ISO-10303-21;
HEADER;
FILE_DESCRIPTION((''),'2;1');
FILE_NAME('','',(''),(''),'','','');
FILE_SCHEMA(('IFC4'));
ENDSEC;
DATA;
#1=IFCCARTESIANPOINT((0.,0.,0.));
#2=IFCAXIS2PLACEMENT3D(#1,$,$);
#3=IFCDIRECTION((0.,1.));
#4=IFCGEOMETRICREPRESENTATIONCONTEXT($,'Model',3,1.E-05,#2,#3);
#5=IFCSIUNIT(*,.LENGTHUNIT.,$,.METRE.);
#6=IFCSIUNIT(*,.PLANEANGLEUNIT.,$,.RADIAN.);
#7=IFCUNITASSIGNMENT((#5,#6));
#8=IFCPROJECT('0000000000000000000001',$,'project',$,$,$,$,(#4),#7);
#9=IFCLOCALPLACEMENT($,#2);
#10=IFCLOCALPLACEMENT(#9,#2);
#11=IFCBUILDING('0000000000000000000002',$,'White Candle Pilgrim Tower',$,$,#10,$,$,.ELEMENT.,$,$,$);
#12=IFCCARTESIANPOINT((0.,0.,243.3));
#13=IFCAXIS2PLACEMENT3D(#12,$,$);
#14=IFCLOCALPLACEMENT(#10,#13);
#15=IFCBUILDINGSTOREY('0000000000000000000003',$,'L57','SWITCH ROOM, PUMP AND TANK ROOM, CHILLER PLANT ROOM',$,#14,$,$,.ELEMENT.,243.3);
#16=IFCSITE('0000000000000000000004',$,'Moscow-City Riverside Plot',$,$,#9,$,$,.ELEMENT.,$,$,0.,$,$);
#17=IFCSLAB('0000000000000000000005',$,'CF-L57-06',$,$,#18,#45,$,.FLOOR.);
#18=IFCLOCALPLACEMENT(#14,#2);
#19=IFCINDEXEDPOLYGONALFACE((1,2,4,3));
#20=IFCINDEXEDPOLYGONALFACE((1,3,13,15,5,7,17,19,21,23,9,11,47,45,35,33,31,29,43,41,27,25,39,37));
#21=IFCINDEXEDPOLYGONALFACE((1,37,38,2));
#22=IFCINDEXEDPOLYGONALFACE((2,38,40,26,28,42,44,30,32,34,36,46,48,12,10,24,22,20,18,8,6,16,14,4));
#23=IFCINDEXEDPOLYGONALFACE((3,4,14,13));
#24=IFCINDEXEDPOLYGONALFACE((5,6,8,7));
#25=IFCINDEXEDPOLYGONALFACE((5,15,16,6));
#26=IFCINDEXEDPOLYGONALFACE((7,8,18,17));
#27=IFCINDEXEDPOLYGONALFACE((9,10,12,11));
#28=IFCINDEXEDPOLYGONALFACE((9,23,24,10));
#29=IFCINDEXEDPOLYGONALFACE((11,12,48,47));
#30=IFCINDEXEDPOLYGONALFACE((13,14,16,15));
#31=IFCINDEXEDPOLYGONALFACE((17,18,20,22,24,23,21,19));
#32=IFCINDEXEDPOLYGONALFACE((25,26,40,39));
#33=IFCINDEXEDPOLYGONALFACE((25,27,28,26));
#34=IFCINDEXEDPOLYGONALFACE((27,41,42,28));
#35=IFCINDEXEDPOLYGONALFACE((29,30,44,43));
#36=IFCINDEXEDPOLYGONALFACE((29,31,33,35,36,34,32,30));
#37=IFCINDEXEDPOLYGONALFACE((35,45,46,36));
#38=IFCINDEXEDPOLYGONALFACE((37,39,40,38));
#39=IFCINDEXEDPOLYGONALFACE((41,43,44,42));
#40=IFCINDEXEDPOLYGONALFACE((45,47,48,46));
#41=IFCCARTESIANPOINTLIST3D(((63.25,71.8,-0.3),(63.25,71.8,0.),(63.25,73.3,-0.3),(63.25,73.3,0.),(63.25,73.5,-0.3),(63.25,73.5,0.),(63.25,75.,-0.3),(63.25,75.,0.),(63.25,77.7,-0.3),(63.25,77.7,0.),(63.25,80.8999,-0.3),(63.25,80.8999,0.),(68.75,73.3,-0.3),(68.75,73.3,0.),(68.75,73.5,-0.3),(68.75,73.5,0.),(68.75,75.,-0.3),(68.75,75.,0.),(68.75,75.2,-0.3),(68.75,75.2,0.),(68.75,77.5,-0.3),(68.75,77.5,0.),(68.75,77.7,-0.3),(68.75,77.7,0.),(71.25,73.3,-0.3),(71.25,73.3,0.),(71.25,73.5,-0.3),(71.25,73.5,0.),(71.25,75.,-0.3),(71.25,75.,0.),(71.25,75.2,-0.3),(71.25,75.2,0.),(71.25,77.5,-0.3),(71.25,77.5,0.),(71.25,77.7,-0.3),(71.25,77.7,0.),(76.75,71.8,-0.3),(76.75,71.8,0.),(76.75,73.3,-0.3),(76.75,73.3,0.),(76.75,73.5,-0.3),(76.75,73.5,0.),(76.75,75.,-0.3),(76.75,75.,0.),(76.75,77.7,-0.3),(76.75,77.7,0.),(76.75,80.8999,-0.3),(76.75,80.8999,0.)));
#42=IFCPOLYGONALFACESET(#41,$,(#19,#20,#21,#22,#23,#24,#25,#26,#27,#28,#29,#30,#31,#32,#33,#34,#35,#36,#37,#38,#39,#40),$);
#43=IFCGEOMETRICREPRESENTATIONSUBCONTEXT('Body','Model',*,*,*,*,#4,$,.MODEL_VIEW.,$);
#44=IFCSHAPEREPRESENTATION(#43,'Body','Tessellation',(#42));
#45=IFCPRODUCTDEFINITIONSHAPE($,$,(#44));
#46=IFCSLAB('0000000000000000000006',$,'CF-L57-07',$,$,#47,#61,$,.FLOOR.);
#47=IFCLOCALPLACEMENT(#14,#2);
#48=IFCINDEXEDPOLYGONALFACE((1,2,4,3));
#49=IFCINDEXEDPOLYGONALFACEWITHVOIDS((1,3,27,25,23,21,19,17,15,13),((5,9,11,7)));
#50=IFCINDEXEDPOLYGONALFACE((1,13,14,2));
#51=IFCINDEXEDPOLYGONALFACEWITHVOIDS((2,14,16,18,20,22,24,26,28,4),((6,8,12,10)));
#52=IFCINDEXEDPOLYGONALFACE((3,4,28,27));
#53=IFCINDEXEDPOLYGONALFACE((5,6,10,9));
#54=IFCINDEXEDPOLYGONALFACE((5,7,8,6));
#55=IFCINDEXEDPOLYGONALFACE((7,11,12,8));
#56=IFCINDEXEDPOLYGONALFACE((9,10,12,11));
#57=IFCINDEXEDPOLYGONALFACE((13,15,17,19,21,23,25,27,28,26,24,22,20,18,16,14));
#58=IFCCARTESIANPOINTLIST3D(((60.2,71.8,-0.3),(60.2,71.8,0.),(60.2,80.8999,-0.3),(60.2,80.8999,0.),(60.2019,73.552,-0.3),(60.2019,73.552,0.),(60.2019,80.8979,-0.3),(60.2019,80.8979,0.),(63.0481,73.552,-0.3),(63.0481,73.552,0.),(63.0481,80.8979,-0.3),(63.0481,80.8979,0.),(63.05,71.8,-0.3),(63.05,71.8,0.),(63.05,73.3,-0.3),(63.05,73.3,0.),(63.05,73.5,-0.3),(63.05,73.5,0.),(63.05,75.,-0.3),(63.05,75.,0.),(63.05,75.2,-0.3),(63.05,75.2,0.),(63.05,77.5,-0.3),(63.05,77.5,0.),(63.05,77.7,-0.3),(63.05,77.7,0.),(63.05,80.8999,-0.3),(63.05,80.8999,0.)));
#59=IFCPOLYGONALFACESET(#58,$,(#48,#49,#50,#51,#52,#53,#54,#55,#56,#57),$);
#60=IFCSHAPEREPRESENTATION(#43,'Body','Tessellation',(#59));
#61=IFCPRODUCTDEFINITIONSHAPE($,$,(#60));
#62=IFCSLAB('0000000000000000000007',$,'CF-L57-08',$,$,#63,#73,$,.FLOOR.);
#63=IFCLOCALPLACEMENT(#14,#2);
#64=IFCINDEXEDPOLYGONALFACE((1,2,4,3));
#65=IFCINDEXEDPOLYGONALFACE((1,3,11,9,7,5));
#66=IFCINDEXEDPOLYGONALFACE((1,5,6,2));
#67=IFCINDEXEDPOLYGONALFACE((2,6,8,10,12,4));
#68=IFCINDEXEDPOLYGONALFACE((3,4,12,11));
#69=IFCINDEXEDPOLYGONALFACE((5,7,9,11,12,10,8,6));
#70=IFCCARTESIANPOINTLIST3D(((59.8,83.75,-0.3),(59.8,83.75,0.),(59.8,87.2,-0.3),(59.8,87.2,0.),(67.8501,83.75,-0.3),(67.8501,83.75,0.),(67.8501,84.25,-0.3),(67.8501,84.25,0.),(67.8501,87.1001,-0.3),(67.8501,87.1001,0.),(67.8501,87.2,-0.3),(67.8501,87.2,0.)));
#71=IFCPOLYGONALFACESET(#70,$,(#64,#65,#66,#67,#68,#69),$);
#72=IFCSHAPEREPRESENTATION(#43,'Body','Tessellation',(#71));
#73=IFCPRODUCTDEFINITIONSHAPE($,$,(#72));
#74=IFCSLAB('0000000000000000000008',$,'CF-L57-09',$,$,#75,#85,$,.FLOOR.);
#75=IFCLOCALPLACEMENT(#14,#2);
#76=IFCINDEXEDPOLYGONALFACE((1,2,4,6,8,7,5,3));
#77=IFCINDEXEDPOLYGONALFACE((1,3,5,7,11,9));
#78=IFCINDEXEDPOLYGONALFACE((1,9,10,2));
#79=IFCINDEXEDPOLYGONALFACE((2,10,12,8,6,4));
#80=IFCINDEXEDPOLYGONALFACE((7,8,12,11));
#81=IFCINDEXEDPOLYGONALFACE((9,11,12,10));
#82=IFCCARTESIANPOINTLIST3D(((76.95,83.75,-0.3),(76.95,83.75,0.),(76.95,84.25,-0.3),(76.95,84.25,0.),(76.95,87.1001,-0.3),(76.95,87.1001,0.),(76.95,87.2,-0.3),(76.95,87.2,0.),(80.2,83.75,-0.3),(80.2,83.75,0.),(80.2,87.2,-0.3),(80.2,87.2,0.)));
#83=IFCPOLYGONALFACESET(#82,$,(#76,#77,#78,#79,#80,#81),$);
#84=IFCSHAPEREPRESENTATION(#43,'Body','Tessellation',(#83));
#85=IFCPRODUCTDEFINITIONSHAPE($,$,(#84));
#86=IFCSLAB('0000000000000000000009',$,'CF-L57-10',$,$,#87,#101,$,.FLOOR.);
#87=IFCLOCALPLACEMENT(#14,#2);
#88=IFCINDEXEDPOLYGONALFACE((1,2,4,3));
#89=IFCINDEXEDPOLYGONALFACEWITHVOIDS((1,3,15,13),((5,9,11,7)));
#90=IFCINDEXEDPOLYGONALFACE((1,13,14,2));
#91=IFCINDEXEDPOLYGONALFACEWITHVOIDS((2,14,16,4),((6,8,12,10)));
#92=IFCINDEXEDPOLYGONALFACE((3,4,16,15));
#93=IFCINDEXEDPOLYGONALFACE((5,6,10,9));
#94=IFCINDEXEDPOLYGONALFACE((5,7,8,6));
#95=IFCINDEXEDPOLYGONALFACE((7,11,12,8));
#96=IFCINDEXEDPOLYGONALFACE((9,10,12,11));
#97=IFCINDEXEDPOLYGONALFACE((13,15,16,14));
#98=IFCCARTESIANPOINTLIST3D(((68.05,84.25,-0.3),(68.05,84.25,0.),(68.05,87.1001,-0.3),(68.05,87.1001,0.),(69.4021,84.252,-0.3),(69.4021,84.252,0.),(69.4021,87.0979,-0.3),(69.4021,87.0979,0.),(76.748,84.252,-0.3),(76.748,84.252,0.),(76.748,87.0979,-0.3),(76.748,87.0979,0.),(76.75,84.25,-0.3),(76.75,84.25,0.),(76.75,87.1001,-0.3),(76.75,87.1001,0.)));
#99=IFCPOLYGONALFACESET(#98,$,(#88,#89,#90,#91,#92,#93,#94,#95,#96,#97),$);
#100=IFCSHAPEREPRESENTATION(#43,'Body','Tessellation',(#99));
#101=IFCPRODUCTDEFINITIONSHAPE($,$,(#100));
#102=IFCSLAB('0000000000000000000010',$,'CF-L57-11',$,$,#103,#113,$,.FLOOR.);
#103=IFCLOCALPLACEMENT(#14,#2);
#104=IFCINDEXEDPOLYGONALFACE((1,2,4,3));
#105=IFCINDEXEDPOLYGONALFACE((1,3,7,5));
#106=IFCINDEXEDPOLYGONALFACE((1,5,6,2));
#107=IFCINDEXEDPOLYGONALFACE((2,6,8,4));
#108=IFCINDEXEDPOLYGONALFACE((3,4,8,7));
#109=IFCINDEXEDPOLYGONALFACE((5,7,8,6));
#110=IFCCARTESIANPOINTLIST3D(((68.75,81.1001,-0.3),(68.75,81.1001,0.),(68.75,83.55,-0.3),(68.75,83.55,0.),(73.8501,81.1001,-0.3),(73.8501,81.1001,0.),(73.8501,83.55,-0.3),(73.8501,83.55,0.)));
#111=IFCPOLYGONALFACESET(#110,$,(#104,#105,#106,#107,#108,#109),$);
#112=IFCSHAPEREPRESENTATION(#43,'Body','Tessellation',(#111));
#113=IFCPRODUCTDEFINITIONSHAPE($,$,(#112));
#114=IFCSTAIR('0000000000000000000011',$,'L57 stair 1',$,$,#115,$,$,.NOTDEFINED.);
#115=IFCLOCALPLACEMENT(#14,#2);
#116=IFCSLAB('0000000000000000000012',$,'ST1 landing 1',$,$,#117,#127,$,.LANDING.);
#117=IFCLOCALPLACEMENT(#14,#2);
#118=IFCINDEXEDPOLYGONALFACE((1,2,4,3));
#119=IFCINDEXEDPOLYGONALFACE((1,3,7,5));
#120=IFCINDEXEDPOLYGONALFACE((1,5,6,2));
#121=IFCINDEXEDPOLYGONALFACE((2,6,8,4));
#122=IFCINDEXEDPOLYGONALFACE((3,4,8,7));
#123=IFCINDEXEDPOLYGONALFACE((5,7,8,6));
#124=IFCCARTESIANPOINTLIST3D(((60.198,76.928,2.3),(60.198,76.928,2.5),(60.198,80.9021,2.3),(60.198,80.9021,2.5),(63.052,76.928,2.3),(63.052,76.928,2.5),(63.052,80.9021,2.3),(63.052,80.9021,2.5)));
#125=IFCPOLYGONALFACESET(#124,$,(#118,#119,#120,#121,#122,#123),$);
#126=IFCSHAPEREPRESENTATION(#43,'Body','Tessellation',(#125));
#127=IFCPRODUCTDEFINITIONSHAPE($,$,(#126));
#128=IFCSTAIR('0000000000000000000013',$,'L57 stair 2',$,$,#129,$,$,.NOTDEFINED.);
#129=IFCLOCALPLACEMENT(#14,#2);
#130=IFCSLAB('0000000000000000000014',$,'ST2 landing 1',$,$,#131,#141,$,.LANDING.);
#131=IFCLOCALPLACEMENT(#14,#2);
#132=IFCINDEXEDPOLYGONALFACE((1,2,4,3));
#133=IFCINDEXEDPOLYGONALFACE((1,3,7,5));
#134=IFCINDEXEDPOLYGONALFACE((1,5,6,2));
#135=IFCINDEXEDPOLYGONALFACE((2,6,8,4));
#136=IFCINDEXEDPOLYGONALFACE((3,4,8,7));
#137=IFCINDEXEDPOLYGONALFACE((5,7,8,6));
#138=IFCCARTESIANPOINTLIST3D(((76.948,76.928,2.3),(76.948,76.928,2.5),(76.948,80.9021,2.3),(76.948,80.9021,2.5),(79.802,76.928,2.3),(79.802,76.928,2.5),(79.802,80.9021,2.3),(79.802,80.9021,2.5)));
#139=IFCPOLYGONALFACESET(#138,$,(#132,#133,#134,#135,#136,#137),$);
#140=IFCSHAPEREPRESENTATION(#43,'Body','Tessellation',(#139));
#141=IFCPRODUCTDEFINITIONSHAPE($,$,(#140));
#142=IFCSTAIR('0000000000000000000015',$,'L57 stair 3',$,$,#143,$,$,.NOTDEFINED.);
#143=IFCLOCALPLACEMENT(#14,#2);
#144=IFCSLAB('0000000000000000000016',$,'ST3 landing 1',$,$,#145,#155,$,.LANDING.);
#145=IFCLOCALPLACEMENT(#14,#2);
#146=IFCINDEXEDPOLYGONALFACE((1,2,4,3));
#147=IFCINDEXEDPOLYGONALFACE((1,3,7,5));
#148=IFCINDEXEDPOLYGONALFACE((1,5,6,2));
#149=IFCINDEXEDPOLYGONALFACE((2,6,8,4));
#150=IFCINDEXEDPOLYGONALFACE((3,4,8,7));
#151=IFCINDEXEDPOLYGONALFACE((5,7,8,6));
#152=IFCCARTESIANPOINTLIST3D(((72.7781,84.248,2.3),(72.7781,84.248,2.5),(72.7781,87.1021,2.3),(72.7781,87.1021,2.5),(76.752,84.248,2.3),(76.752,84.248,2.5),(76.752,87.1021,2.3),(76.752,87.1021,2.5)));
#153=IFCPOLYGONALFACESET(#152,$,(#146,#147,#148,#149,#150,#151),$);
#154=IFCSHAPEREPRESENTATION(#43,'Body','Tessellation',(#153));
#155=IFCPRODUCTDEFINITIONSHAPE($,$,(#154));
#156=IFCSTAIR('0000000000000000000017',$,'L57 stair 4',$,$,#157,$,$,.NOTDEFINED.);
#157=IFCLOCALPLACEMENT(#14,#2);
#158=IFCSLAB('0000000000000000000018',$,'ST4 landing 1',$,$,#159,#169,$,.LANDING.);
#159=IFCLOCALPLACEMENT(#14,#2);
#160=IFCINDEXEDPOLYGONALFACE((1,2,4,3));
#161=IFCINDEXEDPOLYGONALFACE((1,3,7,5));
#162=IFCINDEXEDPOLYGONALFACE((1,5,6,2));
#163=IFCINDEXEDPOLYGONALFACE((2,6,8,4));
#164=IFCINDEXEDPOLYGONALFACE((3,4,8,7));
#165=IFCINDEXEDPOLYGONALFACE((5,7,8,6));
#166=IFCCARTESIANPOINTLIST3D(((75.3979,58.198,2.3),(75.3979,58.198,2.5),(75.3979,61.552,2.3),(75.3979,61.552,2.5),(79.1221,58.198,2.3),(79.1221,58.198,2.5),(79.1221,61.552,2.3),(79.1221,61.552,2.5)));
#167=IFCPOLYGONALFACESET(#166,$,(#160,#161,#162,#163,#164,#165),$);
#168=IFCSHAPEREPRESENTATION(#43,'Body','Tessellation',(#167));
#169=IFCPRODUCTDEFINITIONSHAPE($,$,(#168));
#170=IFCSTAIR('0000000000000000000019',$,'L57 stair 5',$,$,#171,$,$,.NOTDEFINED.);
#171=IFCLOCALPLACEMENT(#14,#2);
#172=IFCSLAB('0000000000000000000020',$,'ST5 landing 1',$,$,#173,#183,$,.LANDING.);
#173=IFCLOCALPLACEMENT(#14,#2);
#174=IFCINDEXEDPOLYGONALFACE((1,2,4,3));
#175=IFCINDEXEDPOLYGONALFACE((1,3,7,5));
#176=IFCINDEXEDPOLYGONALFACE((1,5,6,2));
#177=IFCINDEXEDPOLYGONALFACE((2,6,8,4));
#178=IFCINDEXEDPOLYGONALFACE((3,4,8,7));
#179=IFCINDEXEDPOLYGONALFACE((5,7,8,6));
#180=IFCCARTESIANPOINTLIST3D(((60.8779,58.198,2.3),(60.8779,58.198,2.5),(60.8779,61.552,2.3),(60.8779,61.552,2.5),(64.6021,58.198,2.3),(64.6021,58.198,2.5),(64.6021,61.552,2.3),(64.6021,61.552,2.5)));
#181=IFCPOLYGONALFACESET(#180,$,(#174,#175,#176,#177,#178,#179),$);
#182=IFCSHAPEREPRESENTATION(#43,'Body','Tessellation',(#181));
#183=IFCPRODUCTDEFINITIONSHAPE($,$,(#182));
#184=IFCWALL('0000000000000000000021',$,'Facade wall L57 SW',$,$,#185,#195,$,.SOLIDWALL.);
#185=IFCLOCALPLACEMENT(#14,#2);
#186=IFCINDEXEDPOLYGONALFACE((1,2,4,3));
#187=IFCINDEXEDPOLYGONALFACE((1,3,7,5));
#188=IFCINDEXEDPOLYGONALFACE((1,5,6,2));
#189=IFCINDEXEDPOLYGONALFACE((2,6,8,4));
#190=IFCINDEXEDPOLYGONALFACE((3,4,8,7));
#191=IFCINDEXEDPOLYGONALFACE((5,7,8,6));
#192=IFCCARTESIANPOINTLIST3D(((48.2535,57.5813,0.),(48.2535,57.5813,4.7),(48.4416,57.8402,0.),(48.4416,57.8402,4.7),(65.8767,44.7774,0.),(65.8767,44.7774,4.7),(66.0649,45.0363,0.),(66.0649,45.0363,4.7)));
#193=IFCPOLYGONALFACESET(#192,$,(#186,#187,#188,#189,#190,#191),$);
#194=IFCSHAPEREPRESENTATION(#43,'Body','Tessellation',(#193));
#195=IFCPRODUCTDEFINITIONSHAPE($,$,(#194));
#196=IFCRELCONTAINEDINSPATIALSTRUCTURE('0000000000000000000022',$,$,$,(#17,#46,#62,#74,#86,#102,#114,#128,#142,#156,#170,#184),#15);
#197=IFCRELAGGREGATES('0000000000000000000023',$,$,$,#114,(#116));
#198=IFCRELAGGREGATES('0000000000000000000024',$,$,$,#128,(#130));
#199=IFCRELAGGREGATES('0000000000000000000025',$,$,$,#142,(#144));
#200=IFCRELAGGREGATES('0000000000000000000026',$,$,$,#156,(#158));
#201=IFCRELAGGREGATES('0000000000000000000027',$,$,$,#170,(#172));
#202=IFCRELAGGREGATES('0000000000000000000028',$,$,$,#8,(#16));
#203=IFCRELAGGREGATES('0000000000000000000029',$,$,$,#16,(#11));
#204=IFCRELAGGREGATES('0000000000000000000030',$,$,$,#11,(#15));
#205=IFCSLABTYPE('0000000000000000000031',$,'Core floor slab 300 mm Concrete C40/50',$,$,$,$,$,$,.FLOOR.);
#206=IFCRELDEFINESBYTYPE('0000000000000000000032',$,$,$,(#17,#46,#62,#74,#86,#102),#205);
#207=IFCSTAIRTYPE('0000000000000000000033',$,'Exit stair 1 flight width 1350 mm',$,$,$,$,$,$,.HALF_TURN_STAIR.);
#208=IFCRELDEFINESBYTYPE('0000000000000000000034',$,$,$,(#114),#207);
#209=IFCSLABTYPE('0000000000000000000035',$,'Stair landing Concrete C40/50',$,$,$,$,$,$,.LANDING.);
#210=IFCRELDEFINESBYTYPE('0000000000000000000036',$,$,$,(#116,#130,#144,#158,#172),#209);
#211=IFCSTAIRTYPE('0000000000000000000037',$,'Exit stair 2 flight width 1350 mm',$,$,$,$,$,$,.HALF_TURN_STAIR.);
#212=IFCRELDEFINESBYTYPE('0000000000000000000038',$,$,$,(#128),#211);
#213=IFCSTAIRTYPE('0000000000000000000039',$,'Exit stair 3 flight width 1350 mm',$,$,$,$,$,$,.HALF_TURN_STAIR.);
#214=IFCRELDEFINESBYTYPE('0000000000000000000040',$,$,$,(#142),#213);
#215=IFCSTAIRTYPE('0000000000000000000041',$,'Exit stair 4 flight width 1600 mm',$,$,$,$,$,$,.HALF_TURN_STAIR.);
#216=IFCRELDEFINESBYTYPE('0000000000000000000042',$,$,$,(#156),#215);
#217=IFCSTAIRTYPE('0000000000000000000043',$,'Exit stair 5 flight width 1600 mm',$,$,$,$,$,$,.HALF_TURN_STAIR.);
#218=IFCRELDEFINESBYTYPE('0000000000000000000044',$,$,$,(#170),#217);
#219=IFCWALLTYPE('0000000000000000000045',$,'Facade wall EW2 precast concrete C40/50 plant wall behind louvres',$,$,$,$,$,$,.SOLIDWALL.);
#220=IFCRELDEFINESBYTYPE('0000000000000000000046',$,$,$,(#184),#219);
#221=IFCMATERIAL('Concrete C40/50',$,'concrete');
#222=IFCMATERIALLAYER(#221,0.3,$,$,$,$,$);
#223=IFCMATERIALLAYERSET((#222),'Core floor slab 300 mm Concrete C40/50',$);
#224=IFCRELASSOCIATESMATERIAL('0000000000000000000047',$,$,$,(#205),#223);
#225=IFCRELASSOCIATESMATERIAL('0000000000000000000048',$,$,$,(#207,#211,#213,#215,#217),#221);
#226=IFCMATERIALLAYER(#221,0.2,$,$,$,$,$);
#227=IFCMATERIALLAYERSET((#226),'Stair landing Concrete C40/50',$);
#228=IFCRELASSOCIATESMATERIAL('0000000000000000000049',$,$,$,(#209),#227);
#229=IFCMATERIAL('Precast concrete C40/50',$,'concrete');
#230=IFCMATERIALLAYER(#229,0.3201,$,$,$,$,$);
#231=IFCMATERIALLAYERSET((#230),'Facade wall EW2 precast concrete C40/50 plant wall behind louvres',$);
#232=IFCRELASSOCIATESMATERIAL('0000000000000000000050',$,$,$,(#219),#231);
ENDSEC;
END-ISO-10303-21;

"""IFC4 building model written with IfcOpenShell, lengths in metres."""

from ifc_helpers import new_model, si_unit, direction, frame, frame_2d, origin, place, context, subcontext, project, spatial, polyline, rectangle, outline, extrude, material, layer, layer_set, type_object, element, aggregate, save


model = new_model("IFC4")

# Units and contexts
model_context = context("Model", 3, precision=1e-05, world=origin(), true_north=direction((0.0, 1.0)))
body_context = subcontext(model_context, "Body", "Model", "MODEL_VIEW")
ifc_project = project(units=[si_unit("LENGTHUNIT", "METRE"), si_unit("PLANEANGLEUNIT", "RADIAN")], contexts=[model_context])

# Site, building, storey
site_placement = place(None, origin())
site = spatial("IfcSite", under=ifc_project, at=site_placement, Name="Moscow-City Riverside Plot", CompositionType="ELEMENT", RefElevation=0.0)
building_placement = place(site_placement, origin())
building = spatial("IfcBuilding", under=site, at=building_placement, Name="White Candle Pilgrim Tower", CompositionType="ELEMENT")
storey_placement = place(building_placement, frame((0.0, 0.0, 243.3)))
storey = spatial("IfcBuildingStorey", under=building, at=storey_placement, Name="L57", Description="SWITCH ROOM, PUMP AND TANK ROOM, CHILLER PLANT ROOM", CompositionType="ELEMENT", Elevation=243.3)

# Slabs
ifc_material_1 = material(Name="Concrete C40/50", Category="concrete")
ifc_layer_1 = layer(ifc_material_1, 0.3)
ifc_layer_set_1 = layer_set([ifc_layer_1], Name="Core floor slab 300 mm Concrete C40/50")
slab_type_1 = type_object("IfcSlabType", Name="Core floor slab 300 mm Concrete C40/50", PredefinedType="FLOOR", material=ifc_layer_set_1)
slab_1_placement = place(storey_placement, frame((0.0, 0.0, -0.3)))
element("IfcSlab", 1, at=slab_1_placement, inside=storey, type_object=slab_type_1, Name="CF-L57-06", PredefinedType="FLOOR", context=body_context, shape_type="SweptSolid", body=[
    extrude(outline(polyline([(63.25, 71.8), (63.25, 73.3), (68.75, 73.3), (68.75, 73.5), (63.25, 73.5), (63.25, 75.0), (68.75, 75.0), (68.75, 75.2), (68.75, 77.5), (68.75, 77.7), (63.25, 77.7), (63.25, 80.8999), (76.75, 80.8999), (76.75, 77.7), (71.25, 77.7), (71.25, 77.5), (71.25, 75.2), (71.25, 75.0), (76.75, 75.0), (76.75, 73.5), (71.25, 73.5), (71.25, 73.3), (76.75, 73.3), (76.75, 71.8), (63.25, 71.8)])), origin(), (0.0, 0.0, 1.0), 0.3),
])
slab_2_placement = place(storey_placement, frame((0.0, 0.0, -0.3)))
element("IfcSlab", 2, at=slab_2_placement, inside=storey, type_object=slab_type_1, Name="CF-L57-07", PredefinedType="FLOOR", context=body_context, shape_type="SweptSolid", body=[
    extrude(outline(polyline([(60.2, 71.8), (60.2, 80.8999), (63.05, 80.8999), (63.05, 77.7), (63.05, 77.5), (63.05, 75.2), (63.05, 75.0), (63.05, 73.5), (63.05, 73.3), (63.05, 71.8), (60.2, 71.8)]), holes=[polyline([(60.2019, 73.552), (63.0481, 73.552), (63.0481, 80.8979), (60.2019, 80.8979), (60.2019, 73.552)])]), origin(), (0.0, 0.0, 1.0), 0.3),
])
slab_3_placement = place(storey_placement, frame((0.0, 0.0, -0.3)))
element("IfcSlab", 3, at=slab_3_placement, inside=storey, type_object=slab_type_1, Name="CF-L57-08", PredefinedType="FLOOR", context=body_context, shape_type="SweptSolid", body=[
    extrude(outline(polyline([(59.8, 87.2), (67.8501, 87.2), (67.8501, 87.1001), (67.8501, 84.25), (67.8501, 83.75), (59.8, 83.75), (59.8, 87.2)])), origin(), (0.0, 0.0, 1.0), 0.3),
])
slab_4_placement = place(storey_placement, frame((0.0, 0.0, -0.3)))
element("IfcSlab", 4, at=slab_4_placement, inside=storey, type_object=slab_type_1, Name="CF-L57-09", PredefinedType="FLOOR", context=body_context, shape_type="SweptSolid", body=[
    extrude(outline(polyline([(80.2, 87.2), (80.2, 83.75), (76.95, 83.75), (76.95, 84.25), (76.95, 87.1001), (76.95, 87.2), (80.2, 87.2)])), origin(), (0.0, 0.0, 1.0), 0.3),
])
slab_5_placement = place(storey_placement, frame((0.0, 0.0, -0.3)))
element("IfcSlab", 5, at=slab_5_placement, inside=storey, type_object=slab_type_1, Name="CF-L57-10", PredefinedType="FLOOR", context=body_context, shape_type="SweptSolid", body=[
    extrude(outline(polyline([(68.05, 87.1001), (76.75, 87.1001), (76.75, 84.25), (68.05, 84.25), (68.05, 87.1001)]), holes=[polyline([(69.4021, 87.0979), (69.4021, 84.252), (76.748, 84.252), (76.748, 87.0979), (69.4021, 87.0979)])]), origin(), (0.0, 0.0, 1.0), 0.3),
])
slab_6_placement = place(storey_placement, frame((0.0, 0.0, -0.3)))
element("IfcSlab", 6, at=slab_6_placement, inside=storey, type_object=slab_type_1, Name="CF-L57-11", PredefinedType="FLOOR", context=body_context, shape_type="SweptSolid", body=[
    extrude(outline(polyline([(73.8501, 83.55), (73.8501, 81.1001), (68.75, 81.1001), (68.75, 83.55), (73.8501, 83.55)])), origin(), (0.0, 0.0, 1.0), 0.3),
])

# Stairs, slabs
stair_type_1 = type_object("IfcStairType", Name="Exit stair 1 flight width 1350 mm", PredefinedType="HALF_TURN_STAIR", material=ifc_material_1)
stair_1_placement = place(storey_placement, origin())
stair_1 = element("IfcStair", 7, at=stair_1_placement, inside=storey, type_object=stair_type_1, Name="L57 stair 1", PredefinedType="NOTDEFINED")
ifc_layer_2 = layer(ifc_material_1, 0.2)
ifc_layer_set_2 = layer_set([ifc_layer_2], Name="Stair landing Concrete C40/50")
slab_type_2 = type_object("IfcSlabType", Name="Stair landing Concrete C40/50", PredefinedType="LANDING", material=ifc_layer_set_2)
slab_7_placement = place(storey_placement, frame((0.0, 0.0, 2.3)))
slab_7 = element("IfcSlab", 8, at=slab_7_placement, type_object=slab_type_2, Name="ST1 landing 1", PredefinedType="LANDING", context=body_context, shape_type="SweptSolid", body=[
    extrude(outline(polyline([(63.052, 76.928), (60.198, 76.928), (60.198, 80.9021), (63.052, 80.9021), (63.052, 76.928)])), origin(), (0.0, 0.0, 1.0), 0.2),
])
aggregate(stair_1, [slab_7])
stair_type_2 = type_object("IfcStairType", Name="Exit stair 2 flight width 1350 mm", PredefinedType="HALF_TURN_STAIR", material=ifc_material_1)
stair_2_placement = place(storey_placement, origin())
stair_2 = element("IfcStair", 9, at=stair_2_placement, inside=storey, type_object=stair_type_2, Name="L57 stair 2", PredefinedType="NOTDEFINED")
slab_8_placement = place(storey_placement, frame((0.0, 0.0, 2.3)))
slab_8 = element("IfcSlab", 10, at=slab_8_placement, type_object=slab_type_2, Name="ST2 landing 1", PredefinedType="LANDING", context=body_context, shape_type="SweptSolid", body=[
    extrude(outline(polyline([(79.802, 76.928), (76.948, 76.928), (76.948, 80.9021), (79.802, 80.9021), (79.802, 76.928)])), origin(), (0.0, 0.0, 1.0), 0.2),
])
aggregate(stair_2, [slab_8])
stair_type_3 = type_object("IfcStairType", Name="Exit stair 3 flight width 1350 mm", PredefinedType="HALF_TURN_STAIR", material=ifc_material_1)
stair_3_placement = place(storey_placement, origin())
stair_3 = element("IfcStair", 11, at=stair_3_placement, inside=storey, type_object=stair_type_3, Name="L57 stair 3", PredefinedType="NOTDEFINED")
slab_9_placement = place(storey_placement, frame((0.0, 0.0, 2.3)))
slab_9 = element("IfcSlab", 12, at=slab_9_placement, type_object=slab_type_2, Name="ST3 landing 1", PredefinedType="LANDING", context=body_context, shape_type="SweptSolid", body=[
    extrude(outline(polyline([(72.7781, 84.248), (72.7781, 87.1021), (76.752, 87.1021), (76.752, 84.248), (72.7781, 84.248)])), origin(), (0.0, 0.0, 1.0), 0.2),
])
aggregate(stair_3, [slab_9])
stair_type_4 = type_object("IfcStairType", Name="Exit stair 4 flight width 1600 mm", PredefinedType="HALF_TURN_STAIR", material=ifc_material_1)
stair_4_placement = place(storey_placement, origin())
stair_4 = element("IfcStair", 13, at=stair_4_placement, inside=storey, type_object=stair_type_4, Name="L57 stair 4", PredefinedType="NOTDEFINED")
slab_10_placement = place(storey_placement, frame((0.0, 0.0, 2.3)))
slab_10 = element("IfcSlab", 14, at=slab_10_placement, type_object=slab_type_2, Name="ST4 landing 1", PredefinedType="LANDING", context=body_context, shape_type="SweptSolid", body=[
    extrude(outline(polyline([(79.1221, 61.552), (79.1221, 58.198), (75.3979, 58.198), (75.3979, 61.552), (79.1221, 61.552)])), origin(), (0.0, 0.0, 1.0), 0.2),
])
aggregate(stair_4, [slab_10])
stair_type_5 = type_object("IfcStairType", Name="Exit stair 5 flight width 1600 mm", PredefinedType="HALF_TURN_STAIR", material=ifc_material_1)
stair_5_placement = place(storey_placement, origin())
stair_5 = element("IfcStair", 15, at=stair_5_placement, inside=storey, type_object=stair_type_5, Name="L57 stair 5", PredefinedType="NOTDEFINED")
slab_11_placement = place(storey_placement, frame((0.0, 0.0, 2.3)))
slab_11 = element("IfcSlab", 16, at=slab_11_placement, type_object=slab_type_2, Name="ST5 landing 1", PredefinedType="LANDING", context=body_context, shape_type="SweptSolid", body=[
    extrude(outline(polyline([(60.8779, 58.198), (60.8779, 61.552), (64.6021, 61.552), (64.6021, 58.198), (60.8779, 58.198)])), origin(), (0.0, 0.0, 1.0), 0.2),
])
aggregate(stair_5, [slab_11])

# Wall
ifc_material_2 = material(Name="Precast concrete C40/50", Category="concrete")
ifc_layer_3 = layer(ifc_material_2, 0.3201)
ifc_layer_set_3 = layer_set([ifc_layer_3], Name="Facade wall EW2 precast concrete C40/50 plant wall behind louvres")
wall_type_1 = type_object("IfcWallType", Name="Facade wall EW2 precast concrete C40/50 plant wall behind louvres", PredefinedType="SOLIDWALL", material=ifc_layer_set_3)
wall_1_placement = place(storey_placement, frame((48.3477, 57.7107, 0.0), z_axis=(0.0, 0.0, 1.0), x_axis=(0.80902, -0.587782, 0.0)))
element("IfcWall", 17, at=wall_1_placement, inside=storey, type_object=wall_type_1, Name="Facade wall L57 SW", PredefinedType="SOLIDWALL", context=body_context, shape_type="SweptSolid", body=[
    extrude(rectangle(XDim=21.7834, YDim=0.3201, at=frame_2d((10.8916, 0.0))), origin(), (0.0, 0.0, 1.0), 4.7),
])

save(model, "model.ifc")
